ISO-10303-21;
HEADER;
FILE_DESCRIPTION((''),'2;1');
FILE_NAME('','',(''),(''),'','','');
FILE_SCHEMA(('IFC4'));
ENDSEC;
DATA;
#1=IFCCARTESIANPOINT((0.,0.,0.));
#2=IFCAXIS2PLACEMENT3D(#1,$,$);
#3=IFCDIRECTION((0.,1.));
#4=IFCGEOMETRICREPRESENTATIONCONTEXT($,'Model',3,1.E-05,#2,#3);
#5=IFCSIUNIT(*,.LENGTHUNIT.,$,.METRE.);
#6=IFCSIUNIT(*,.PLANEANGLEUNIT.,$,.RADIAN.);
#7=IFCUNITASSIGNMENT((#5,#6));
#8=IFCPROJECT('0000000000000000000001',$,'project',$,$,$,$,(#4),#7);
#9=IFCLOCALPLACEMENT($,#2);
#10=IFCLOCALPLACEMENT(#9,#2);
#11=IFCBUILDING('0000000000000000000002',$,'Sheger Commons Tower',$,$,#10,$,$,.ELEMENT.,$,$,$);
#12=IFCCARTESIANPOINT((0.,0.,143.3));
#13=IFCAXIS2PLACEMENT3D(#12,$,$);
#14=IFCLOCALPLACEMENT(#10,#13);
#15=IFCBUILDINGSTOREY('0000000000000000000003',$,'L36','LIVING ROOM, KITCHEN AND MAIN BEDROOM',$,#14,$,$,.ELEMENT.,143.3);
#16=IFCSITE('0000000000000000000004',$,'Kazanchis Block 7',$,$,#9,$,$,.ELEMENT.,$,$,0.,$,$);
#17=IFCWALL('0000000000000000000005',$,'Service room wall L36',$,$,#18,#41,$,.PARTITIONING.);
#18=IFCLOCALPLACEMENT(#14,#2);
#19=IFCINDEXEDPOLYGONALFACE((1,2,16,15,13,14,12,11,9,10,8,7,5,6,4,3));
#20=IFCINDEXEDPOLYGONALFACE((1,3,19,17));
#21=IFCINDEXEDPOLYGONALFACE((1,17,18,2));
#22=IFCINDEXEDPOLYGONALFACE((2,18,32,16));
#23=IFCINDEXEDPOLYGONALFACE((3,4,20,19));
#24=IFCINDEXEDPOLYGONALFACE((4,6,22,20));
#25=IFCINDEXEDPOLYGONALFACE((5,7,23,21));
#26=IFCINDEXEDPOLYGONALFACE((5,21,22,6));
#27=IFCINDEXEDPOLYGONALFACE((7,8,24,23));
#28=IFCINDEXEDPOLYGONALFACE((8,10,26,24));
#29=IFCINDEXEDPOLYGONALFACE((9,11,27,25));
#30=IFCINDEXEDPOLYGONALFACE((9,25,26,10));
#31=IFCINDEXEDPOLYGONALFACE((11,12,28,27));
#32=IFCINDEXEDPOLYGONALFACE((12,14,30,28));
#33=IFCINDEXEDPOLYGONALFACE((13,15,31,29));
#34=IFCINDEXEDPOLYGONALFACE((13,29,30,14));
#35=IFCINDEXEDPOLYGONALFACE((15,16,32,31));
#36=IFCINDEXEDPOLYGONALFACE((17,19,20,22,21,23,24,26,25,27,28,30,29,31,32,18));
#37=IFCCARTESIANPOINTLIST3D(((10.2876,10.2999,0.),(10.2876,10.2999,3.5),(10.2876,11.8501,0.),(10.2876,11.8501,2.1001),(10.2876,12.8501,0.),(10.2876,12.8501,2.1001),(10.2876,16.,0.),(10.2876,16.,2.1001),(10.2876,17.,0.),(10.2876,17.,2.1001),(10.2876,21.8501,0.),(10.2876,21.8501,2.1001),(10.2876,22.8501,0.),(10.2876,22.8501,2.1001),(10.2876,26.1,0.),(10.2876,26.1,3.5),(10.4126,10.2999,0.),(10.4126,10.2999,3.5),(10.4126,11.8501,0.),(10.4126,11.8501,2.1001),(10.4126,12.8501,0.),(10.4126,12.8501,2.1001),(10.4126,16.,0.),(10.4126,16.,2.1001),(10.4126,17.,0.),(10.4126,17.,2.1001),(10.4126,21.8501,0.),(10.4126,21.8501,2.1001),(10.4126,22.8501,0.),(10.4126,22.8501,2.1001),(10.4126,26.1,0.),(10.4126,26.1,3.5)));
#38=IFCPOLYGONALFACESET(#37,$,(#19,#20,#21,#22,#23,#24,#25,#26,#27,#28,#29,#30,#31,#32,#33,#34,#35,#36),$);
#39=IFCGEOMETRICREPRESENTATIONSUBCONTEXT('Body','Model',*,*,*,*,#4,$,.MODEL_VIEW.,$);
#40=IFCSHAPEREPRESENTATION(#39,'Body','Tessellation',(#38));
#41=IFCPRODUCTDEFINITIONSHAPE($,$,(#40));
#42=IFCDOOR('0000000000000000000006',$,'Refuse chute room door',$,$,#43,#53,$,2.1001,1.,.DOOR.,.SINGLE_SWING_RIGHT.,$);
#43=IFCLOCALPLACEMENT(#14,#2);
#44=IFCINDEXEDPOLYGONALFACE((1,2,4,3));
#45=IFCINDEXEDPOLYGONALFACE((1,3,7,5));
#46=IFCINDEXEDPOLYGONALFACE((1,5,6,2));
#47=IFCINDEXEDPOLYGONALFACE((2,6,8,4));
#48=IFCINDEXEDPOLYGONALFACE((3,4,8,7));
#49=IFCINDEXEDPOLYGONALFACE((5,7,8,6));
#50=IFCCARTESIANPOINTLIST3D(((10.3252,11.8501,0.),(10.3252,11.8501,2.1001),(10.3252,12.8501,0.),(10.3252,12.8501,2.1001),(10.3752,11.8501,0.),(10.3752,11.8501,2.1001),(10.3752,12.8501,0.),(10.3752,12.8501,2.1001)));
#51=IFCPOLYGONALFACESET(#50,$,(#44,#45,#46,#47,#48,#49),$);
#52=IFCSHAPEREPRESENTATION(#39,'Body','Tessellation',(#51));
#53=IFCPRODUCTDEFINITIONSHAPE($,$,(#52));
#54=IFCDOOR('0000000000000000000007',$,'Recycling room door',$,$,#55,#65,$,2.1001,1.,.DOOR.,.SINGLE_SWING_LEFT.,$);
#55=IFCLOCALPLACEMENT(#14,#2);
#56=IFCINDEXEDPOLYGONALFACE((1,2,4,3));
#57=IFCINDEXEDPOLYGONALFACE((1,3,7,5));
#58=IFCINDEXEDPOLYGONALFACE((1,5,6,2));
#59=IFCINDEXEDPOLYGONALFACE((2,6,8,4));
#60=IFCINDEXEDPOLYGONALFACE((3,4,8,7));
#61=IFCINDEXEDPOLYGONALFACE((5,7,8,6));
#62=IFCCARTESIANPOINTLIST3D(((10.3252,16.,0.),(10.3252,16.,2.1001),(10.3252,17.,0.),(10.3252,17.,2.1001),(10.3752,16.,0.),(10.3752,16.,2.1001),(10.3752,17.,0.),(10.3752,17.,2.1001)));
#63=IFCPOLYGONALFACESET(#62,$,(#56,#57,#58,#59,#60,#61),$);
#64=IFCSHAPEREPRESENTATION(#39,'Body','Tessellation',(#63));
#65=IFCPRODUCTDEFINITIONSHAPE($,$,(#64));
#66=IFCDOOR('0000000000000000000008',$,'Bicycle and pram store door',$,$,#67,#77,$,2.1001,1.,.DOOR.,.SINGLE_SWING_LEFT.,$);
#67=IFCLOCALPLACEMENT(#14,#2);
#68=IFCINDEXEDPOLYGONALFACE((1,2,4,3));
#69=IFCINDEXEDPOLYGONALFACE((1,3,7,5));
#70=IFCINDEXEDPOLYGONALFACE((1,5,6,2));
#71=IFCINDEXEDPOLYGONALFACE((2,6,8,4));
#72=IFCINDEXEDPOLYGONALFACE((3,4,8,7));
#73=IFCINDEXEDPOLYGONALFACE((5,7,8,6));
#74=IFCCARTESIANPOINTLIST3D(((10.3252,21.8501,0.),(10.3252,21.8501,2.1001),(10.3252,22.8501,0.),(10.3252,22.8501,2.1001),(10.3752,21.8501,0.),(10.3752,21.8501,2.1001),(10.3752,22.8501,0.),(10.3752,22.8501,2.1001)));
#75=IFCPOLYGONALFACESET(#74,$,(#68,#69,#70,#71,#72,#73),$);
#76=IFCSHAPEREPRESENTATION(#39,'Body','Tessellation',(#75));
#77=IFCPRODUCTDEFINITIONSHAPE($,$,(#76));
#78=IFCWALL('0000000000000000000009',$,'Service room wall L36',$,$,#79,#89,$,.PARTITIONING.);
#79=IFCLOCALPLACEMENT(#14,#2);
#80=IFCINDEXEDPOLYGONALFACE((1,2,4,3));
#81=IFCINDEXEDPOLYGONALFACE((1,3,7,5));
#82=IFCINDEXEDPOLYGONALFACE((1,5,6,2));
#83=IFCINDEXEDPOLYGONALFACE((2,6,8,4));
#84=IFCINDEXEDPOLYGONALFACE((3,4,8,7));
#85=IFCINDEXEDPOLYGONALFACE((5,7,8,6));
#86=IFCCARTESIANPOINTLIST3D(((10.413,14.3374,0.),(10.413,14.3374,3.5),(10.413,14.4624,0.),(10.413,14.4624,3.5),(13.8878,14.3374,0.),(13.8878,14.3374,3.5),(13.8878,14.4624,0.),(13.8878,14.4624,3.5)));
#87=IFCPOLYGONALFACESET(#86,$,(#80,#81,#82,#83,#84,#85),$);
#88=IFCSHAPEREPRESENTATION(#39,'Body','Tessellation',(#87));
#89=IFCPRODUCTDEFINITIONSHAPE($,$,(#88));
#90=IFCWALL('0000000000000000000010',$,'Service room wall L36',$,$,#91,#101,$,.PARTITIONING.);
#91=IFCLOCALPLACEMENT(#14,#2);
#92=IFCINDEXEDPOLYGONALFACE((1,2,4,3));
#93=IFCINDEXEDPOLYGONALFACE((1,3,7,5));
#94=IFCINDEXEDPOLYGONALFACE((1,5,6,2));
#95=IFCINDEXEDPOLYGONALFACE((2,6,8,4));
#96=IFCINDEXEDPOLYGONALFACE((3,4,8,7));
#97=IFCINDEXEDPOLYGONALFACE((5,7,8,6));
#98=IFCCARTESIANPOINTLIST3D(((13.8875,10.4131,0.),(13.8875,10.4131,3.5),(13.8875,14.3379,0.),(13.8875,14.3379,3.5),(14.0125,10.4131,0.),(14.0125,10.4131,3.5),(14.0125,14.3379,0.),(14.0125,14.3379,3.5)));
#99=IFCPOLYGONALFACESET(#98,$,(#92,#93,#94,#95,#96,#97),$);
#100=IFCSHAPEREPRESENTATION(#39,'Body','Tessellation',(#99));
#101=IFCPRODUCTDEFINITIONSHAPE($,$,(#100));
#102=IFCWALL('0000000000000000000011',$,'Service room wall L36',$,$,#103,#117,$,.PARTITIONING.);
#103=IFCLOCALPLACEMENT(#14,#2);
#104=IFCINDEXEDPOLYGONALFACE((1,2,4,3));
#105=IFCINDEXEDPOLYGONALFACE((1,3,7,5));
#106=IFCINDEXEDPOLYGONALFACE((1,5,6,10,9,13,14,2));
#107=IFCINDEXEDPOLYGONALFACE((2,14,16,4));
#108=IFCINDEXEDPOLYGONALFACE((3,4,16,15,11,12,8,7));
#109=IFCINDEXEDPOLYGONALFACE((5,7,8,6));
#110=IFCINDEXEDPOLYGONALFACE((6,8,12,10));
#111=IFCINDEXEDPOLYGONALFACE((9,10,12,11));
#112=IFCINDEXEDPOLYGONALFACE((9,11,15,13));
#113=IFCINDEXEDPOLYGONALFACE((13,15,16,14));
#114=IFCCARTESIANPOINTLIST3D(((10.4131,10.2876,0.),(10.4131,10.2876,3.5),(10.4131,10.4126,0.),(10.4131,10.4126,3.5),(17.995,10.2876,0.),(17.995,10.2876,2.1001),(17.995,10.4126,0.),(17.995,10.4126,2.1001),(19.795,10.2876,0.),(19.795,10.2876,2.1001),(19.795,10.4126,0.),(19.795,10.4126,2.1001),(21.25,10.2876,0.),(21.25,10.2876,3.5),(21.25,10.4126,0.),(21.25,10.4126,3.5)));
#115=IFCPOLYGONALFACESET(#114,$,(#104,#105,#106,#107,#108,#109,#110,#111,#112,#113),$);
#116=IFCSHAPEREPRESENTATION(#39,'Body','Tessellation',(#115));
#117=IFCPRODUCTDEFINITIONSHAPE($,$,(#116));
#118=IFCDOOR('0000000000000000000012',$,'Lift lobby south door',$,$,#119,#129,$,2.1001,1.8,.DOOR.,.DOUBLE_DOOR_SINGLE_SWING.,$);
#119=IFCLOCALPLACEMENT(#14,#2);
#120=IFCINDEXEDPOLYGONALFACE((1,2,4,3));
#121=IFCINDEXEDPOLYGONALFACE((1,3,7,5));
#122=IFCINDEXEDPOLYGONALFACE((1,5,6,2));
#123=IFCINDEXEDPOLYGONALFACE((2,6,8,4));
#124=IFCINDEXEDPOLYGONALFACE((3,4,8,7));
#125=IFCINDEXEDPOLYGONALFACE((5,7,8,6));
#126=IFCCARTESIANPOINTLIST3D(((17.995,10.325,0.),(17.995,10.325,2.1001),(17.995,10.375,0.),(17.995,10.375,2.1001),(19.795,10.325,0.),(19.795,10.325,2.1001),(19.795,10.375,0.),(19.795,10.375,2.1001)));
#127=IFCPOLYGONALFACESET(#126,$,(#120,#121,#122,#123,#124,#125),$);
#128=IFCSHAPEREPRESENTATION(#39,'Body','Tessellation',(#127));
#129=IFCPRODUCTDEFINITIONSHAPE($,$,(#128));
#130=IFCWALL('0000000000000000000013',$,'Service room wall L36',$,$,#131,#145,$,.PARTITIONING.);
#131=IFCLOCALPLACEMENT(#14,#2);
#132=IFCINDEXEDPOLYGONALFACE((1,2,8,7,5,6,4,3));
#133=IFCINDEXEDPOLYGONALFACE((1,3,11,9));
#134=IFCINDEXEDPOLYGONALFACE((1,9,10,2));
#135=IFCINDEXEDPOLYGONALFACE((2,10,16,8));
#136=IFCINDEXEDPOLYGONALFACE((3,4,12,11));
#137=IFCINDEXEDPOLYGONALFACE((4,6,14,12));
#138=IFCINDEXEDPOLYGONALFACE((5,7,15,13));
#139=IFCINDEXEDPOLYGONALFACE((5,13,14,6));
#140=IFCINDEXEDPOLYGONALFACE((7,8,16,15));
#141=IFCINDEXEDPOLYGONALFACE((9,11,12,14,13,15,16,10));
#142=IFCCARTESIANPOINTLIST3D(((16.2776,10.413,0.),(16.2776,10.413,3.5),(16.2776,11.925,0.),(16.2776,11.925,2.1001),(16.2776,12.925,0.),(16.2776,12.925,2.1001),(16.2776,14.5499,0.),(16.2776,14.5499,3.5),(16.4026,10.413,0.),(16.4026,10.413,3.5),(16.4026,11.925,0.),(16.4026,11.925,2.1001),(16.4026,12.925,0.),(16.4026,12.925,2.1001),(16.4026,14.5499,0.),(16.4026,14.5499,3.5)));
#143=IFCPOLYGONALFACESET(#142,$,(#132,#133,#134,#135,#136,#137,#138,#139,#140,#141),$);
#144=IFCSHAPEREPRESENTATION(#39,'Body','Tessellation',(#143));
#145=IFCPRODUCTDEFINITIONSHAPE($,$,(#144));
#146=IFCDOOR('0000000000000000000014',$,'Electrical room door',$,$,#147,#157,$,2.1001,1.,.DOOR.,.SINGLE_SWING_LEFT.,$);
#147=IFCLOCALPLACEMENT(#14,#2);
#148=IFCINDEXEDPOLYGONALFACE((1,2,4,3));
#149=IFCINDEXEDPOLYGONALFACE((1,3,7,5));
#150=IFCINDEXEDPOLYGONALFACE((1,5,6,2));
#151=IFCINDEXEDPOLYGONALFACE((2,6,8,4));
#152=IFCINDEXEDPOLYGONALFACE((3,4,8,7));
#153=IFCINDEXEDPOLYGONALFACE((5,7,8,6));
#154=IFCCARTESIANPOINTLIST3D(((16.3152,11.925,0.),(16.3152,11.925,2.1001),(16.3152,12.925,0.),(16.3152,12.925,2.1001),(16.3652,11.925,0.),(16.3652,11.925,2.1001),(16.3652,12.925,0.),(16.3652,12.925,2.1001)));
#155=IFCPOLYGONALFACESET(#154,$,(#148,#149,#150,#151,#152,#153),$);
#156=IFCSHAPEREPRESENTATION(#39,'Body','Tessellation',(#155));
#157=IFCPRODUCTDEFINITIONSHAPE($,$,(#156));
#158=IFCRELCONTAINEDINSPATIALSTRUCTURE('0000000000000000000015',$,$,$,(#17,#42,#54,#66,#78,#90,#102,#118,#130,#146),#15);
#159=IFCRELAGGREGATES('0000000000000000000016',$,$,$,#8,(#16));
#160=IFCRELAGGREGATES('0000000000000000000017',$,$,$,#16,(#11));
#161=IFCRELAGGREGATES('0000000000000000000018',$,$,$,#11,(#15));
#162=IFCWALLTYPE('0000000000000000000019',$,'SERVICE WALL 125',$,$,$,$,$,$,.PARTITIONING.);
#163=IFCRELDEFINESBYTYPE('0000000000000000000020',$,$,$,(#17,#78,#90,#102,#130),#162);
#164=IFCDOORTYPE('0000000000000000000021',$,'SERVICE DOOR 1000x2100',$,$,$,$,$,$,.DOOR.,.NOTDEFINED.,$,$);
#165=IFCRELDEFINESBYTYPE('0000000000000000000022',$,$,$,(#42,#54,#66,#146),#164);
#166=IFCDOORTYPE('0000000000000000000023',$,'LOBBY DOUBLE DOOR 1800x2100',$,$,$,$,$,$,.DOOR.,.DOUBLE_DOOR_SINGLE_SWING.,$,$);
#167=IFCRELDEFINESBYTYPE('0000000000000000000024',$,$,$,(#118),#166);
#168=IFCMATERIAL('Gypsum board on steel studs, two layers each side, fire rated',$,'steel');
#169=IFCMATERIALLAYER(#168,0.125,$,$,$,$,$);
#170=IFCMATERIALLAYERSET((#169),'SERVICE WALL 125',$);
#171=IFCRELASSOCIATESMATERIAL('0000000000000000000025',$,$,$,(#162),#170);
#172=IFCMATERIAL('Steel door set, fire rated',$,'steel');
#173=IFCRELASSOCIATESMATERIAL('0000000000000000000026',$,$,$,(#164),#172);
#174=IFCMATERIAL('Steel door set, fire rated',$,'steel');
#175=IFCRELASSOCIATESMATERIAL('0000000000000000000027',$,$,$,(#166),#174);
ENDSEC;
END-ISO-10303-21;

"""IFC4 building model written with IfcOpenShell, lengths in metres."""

from ifc_helpers import new_model, si_unit, direction, frame, frame_2d, origin, place, context, subcontext, project, spatial, rectangle, extrude, material, layer, layer_set, type_object, element, fill, save


model = new_model("IFC4")

# Units and contexts
model_context = context("Model", 3, precision=1e-05, world=origin(), true_north=direction((0.0, 1.0)))
body_context = subcontext(model_context, "Body", "Model", "MODEL_VIEW")
ifc_project = project(units=[si_unit("LENGTHUNIT", "METRE"), si_unit("PLANEANGLEUNIT", "RADIAN")], contexts=[model_context])

# Site, building, storey
site_placement = place(None, origin())
site = spatial("IfcSite", under=ifc_project, at=site_placement, Name="Kazanchis Block 7", CompositionType="ELEMENT", RefElevation=0.0)
building_placement = place(site_placement, origin())
building = spatial("IfcBuilding", under=site, at=building_placement, Name="Sheger Commons Tower", CompositionType="ELEMENT")
storey_placement = place(building_placement, frame((0.0, 0.0, 143.3)))
storey = spatial("IfcBuildingStorey", under=building, at=storey_placement, Name="L36", Description="LIVING ROOM, KITCHEN AND MAIN BEDROOM", CompositionType="ELEMENT", Elevation=143.3)

# Wall, openings, doors
ifc_material_1 = material(Name="Gypsum board on steel studs, two layers each side, fire rated", Category="steel")
ifc_layer_1 = layer(ifc_material_1, 0.125)
ifc_layer_set_1 = layer_set([ifc_layer_1], Name="SERVICE WALL 125")
wall_type_1 = type_object("IfcWallType", Name="SERVICE WALL 125", PredefinedType="PARTITIONING", material=ifc_layer_set_1)
wall_1_placement = place(storey_placement, frame((10.3501, 10.3, 0.0), z_axis=(0.0, 0.0, 1.0), x_axis=(0.0, 1.0, 0.0)))
wall_1 = element("IfcWall", 1, at=wall_1_placement, inside=storey, type_object=wall_type_1, Name="Service room wall L36", PredefinedType="PARTITIONING", context=body_context, shape_type="SweptSolid", body=[
    extrude(rectangle(XDim=15.8, YDim=0.125, at=frame_2d((7.8999, 0.0))), origin(), (0.0, 0.0, 1.0), 3.5),
])
opening_1_placement = place(wall_1_placement, frame((1.55, 0.0, 0.0)))
opening_1 = element("IfcOpeningElement", 2, at=opening_1_placement, cuts=wall_1, PredefinedType="OPENING", context=body_context, shape_type="SweptSolid", body=[
    extrude(rectangle(XDim=1.0, YDim=2.1001, at=frame_2d((0.5, 1.05))), frame((0.0, 0.0725, 0.0), z_axis=(0.0, -1.0, 0.0), x_axis=(1.0, 0.0, 0.0)), (0.0, 0.0, 1.0), 0.145),
])
opening_2_placement = place(wall_1_placement, frame((5.7, 0.0, 0.0)))
opening_2 = element("IfcOpeningElement", 3, at=opening_2_placement, cuts=wall_1, PredefinedType="OPENING", context=body_context, shape_type="SweptSolid", body=[
    extrude(rectangle(XDim=1.0, YDim=2.1001, at=frame_2d((0.5, 1.05))), frame((0.0, 0.0725, 0.0), z_axis=(0.0, -1.0, 0.0), x_axis=(1.0, 0.0, 0.0)), (0.0, 0.0, 1.0), 0.145),
])
opening_3_placement = place(wall_1_placement, frame((11.55, 0.0, 0.0)))
opening_3 = element("IfcOpeningElement", 4, at=opening_3_placement, cuts=wall_1, PredefinedType="OPENING", context=body_context, shape_type="SweptSolid", body=[
    extrude(rectangle(XDim=1.0, YDim=2.1001, at=frame_2d((0.5, 1.05))), frame((0.0, 0.0725, 0.0), z_axis=(0.0, -1.0, 0.0), x_axis=(1.0, 0.0, 0.0)), (0.0, 0.0, 1.0), 0.145),
])
ifc_material_2 = material(Name="Steel door set, fire rated", Category="steel")
door_type_1 = type_object("IfcDoorType", Name="SERVICE DOOR 1000x2100", OperationType="NOTDEFINED", PredefinedType="DOOR", material=ifc_material_2)
door_1_placement = place(opening_1_placement, origin())
door_1 = element("IfcDoor", 5, at=door_1_placement, inside=storey, type_object=door_type_1, Name="Refuse chute room door", OperationType="SINGLE_SWING_RIGHT", OverallHeight=2.1001, OverallWidth=1.0, PredefinedType="DOOR", context=body_context, shape_type="SweptSolid", body=[
    extrude(rectangle(XDim=1.0, YDim=2.1001, at=frame_2d((0.5, 1.05))), frame((0.0, 0.0249, 0.0), z_axis=(0.0, -1.0, 0.0), x_axis=(1.0, 0.0, 0.0)), (0.0, 0.0, 1.0), 0.05),
])
fill(opening_1, door_1)
door_2_placement = place(opening_2_placement, origin())
door_2 = element("IfcDoor", 6, at=door_2_placement, inside=storey, type_object=door_type_1, Name="Recycling room door", OperationType="SINGLE_SWING_LEFT", OverallHeight=2.1001, OverallWidth=1.0, PredefinedType="DOOR", context=body_context, shape_type="SweptSolid", body=[
    extrude(rectangle(XDim=1.0, YDim=2.1001, at=frame_2d((0.5, 1.05))), frame((0.0, 0.0249, 0.0), z_axis=(0.0, -1.0, 0.0), x_axis=(1.0, 0.0, 0.0)), (0.0, 0.0, 1.0), 0.05),
])
fill(opening_2, door_2)
door_3_placement = place(opening_3_placement, origin())
door_3 = element("IfcDoor", 7, at=door_3_placement, inside=storey, type_object=door_type_1, Name="Bicycle and pram store door", OperationType="SINGLE_SWING_LEFT", OverallHeight=2.1001, OverallWidth=1.0, PredefinedType="DOOR", context=body_context, shape_type="SweptSolid", body=[
    extrude(rectangle(XDim=1.0, YDim=2.1001, at=frame_2d((0.5, 1.05))), frame((0.0, 0.0249, 0.0), z_axis=(0.0, -1.0, 0.0), x_axis=(1.0, 0.0, 0.0)), (0.0, 0.0, 1.0), 0.05),
])
fill(opening_3, door_3)

# Walls
wall_2_placement = place(storey_placement, frame((10.4131, 14.3999, 0.0), z_axis=(0.0, 0.0, 1.0), x_axis=(1.0, 0.0, 0.0)))
element("IfcWall", 8, at=wall_2_placement, inside=storey, type_object=wall_type_1, Name="Service room wall L36", PredefinedType="PARTITIONING", context=body_context, shape_type="SweptSolid", body=[
    extrude(rectangle(XDim=3.4749, YDim=0.125, at=frame_2d((1.7373, 0.0))), origin(), (0.0, 0.0, 1.0), 3.5),
])
wall_3_placement = place(storey_placement, frame((13.95, 10.4131, 0.0), z_axis=(0.0, 0.0, 1.0), x_axis=(0.0, 1.0, 0.0)))
element("IfcWall", 9, at=wall_3_placement, inside=storey, type_object=wall_type_1, Name="Service room wall L36", PredefinedType="PARTITIONING", context=body_context, shape_type="SweptSolid", body=[
    extrude(rectangle(XDim=3.9248, YDim=0.125, at=frame_2d((1.9624, 0.0))), origin(), (0.0, 0.0, 1.0), 3.5),
])

# Walls, openings, doors
wall_4_placement = place(storey_placement, frame((10.4131, 10.3501, 0.0), z_axis=(0.0, 0.0, 1.0), x_axis=(1.0, 0.0, 0.0)))
wall_4 = element("IfcWall", 10, at=wall_4_placement, inside=storey, type_object=wall_type_1, Name="Service room wall L36", PredefinedType="PARTITIONING", context=body_context, shape_type="SweptSolid", body=[
    extrude(rectangle(XDim=10.8369, YDim=0.125, at=frame_2d((5.4185, 0.0))), origin(), (0.0, 0.0, 1.0), 3.5),
])
opening_4_placement = place(wall_4_placement, frame((7.582, 0.0, 0.0)))
opening_4 = element("IfcOpeningElement", 11, at=opening_4_placement, cuts=wall_4, PredefinedType="OPENING", context=body_context, shape_type="SweptSolid", body=[
    extrude(rectangle(XDim=1.8, YDim=2.1001, at=frame_2d((0.8999, 1.05))), frame((0.0, 0.0725, 0.0), z_axis=(0.0, -1.0, 0.0), x_axis=(1.0, 0.0, 0.0)), (0.0, 0.0, 1.0), 0.145),
])
ifc_material_3 = material(Name="Steel door set, fire rated", Category="steel")
door_type_2 = type_object("IfcDoorType", Name="LOBBY DOUBLE DOOR 1800x2100", OperationType="DOUBLE_DOOR_SINGLE_SWING", PredefinedType="DOOR", material=ifc_material_3)
door_4_placement = place(opening_4_placement, origin())
door_4 = element("IfcDoor", 12, at=door_4_placement, inside=storey, type_object=door_type_2, Name="Lift lobby south door", OperationType="DOUBLE_DOOR_SINGLE_SWING", OverallHeight=2.1001, OverallWidth=1.8, PredefinedType="DOOR", context=body_context, shape_type="SweptSolid", body=[
    extrude(rectangle(XDim=1.8, YDim=2.1001, at=frame_2d((0.8999, 1.05))), frame((0.0, 0.0249, 0.0), z_axis=(0.0, -1.0, 0.0), x_axis=(1.0, 0.0, 0.0)), (0.0, 0.0, 1.0), 0.05),
])
fill(opening_4, door_4)
wall_5_placement = place(storey_placement, frame((16.3401, 10.4131, 0.0), z_axis=(0.0, 0.0, 1.0), x_axis=(0.0, 1.0, 0.0)))
wall_5 = element("IfcWall", 13, at=wall_5_placement, inside=storey, type_object=wall_type_1, Name="Service room wall L36", PredefinedType="PARTITIONING", context=body_context, shape_type="SweptSolid", body=[
    extrude(rectangle(XDim=4.137, YDim=0.125, at=frame_2d((2.0684, 0.0))), origin(), (0.0, 0.0, 1.0), 3.5),
])
opening_5_placement = place(wall_5_placement, frame((1.512, 0.0, 0.0)))
opening_5 = element("IfcOpeningElement", 14, at=opening_5_placement, cuts=wall_5, PredefinedType="OPENING", context=body_context, shape_type="SweptSolid", body=[
    extrude(rectangle(XDim=1.0, YDim=2.1001, at=frame_2d((0.5, 1.05))), frame((0.0, 0.0725, 0.0), z_axis=(0.0, -1.0, 0.0), x_axis=(1.0, 0.0, 0.0)), (0.0, 0.0, 1.0), 0.145),
])
door_5_placement = place(opening_5_placement, origin())
door_5 = element("IfcDoor", 15, at=door_5_placement, inside=storey, type_object=door_type_1, Name="Electrical room door", OperationType="SINGLE_SWING_LEFT", OverallHeight=2.1001, OverallWidth=1.0, PredefinedType="DOOR", context=body_context, shape_type="SweptSolid", body=[
    extrude(rectangle(XDim=1.0, YDim=2.1001, at=frame_2d((0.5, 1.05))), frame((0.0, 0.0249, 0.0), z_axis=(0.0, -1.0, 0.0), x_axis=(1.0, 0.0, 0.0)), (0.0, 0.0, 1.0), 0.05),
])
fill(opening_5, door_5)

save(model, "model.ifc")
